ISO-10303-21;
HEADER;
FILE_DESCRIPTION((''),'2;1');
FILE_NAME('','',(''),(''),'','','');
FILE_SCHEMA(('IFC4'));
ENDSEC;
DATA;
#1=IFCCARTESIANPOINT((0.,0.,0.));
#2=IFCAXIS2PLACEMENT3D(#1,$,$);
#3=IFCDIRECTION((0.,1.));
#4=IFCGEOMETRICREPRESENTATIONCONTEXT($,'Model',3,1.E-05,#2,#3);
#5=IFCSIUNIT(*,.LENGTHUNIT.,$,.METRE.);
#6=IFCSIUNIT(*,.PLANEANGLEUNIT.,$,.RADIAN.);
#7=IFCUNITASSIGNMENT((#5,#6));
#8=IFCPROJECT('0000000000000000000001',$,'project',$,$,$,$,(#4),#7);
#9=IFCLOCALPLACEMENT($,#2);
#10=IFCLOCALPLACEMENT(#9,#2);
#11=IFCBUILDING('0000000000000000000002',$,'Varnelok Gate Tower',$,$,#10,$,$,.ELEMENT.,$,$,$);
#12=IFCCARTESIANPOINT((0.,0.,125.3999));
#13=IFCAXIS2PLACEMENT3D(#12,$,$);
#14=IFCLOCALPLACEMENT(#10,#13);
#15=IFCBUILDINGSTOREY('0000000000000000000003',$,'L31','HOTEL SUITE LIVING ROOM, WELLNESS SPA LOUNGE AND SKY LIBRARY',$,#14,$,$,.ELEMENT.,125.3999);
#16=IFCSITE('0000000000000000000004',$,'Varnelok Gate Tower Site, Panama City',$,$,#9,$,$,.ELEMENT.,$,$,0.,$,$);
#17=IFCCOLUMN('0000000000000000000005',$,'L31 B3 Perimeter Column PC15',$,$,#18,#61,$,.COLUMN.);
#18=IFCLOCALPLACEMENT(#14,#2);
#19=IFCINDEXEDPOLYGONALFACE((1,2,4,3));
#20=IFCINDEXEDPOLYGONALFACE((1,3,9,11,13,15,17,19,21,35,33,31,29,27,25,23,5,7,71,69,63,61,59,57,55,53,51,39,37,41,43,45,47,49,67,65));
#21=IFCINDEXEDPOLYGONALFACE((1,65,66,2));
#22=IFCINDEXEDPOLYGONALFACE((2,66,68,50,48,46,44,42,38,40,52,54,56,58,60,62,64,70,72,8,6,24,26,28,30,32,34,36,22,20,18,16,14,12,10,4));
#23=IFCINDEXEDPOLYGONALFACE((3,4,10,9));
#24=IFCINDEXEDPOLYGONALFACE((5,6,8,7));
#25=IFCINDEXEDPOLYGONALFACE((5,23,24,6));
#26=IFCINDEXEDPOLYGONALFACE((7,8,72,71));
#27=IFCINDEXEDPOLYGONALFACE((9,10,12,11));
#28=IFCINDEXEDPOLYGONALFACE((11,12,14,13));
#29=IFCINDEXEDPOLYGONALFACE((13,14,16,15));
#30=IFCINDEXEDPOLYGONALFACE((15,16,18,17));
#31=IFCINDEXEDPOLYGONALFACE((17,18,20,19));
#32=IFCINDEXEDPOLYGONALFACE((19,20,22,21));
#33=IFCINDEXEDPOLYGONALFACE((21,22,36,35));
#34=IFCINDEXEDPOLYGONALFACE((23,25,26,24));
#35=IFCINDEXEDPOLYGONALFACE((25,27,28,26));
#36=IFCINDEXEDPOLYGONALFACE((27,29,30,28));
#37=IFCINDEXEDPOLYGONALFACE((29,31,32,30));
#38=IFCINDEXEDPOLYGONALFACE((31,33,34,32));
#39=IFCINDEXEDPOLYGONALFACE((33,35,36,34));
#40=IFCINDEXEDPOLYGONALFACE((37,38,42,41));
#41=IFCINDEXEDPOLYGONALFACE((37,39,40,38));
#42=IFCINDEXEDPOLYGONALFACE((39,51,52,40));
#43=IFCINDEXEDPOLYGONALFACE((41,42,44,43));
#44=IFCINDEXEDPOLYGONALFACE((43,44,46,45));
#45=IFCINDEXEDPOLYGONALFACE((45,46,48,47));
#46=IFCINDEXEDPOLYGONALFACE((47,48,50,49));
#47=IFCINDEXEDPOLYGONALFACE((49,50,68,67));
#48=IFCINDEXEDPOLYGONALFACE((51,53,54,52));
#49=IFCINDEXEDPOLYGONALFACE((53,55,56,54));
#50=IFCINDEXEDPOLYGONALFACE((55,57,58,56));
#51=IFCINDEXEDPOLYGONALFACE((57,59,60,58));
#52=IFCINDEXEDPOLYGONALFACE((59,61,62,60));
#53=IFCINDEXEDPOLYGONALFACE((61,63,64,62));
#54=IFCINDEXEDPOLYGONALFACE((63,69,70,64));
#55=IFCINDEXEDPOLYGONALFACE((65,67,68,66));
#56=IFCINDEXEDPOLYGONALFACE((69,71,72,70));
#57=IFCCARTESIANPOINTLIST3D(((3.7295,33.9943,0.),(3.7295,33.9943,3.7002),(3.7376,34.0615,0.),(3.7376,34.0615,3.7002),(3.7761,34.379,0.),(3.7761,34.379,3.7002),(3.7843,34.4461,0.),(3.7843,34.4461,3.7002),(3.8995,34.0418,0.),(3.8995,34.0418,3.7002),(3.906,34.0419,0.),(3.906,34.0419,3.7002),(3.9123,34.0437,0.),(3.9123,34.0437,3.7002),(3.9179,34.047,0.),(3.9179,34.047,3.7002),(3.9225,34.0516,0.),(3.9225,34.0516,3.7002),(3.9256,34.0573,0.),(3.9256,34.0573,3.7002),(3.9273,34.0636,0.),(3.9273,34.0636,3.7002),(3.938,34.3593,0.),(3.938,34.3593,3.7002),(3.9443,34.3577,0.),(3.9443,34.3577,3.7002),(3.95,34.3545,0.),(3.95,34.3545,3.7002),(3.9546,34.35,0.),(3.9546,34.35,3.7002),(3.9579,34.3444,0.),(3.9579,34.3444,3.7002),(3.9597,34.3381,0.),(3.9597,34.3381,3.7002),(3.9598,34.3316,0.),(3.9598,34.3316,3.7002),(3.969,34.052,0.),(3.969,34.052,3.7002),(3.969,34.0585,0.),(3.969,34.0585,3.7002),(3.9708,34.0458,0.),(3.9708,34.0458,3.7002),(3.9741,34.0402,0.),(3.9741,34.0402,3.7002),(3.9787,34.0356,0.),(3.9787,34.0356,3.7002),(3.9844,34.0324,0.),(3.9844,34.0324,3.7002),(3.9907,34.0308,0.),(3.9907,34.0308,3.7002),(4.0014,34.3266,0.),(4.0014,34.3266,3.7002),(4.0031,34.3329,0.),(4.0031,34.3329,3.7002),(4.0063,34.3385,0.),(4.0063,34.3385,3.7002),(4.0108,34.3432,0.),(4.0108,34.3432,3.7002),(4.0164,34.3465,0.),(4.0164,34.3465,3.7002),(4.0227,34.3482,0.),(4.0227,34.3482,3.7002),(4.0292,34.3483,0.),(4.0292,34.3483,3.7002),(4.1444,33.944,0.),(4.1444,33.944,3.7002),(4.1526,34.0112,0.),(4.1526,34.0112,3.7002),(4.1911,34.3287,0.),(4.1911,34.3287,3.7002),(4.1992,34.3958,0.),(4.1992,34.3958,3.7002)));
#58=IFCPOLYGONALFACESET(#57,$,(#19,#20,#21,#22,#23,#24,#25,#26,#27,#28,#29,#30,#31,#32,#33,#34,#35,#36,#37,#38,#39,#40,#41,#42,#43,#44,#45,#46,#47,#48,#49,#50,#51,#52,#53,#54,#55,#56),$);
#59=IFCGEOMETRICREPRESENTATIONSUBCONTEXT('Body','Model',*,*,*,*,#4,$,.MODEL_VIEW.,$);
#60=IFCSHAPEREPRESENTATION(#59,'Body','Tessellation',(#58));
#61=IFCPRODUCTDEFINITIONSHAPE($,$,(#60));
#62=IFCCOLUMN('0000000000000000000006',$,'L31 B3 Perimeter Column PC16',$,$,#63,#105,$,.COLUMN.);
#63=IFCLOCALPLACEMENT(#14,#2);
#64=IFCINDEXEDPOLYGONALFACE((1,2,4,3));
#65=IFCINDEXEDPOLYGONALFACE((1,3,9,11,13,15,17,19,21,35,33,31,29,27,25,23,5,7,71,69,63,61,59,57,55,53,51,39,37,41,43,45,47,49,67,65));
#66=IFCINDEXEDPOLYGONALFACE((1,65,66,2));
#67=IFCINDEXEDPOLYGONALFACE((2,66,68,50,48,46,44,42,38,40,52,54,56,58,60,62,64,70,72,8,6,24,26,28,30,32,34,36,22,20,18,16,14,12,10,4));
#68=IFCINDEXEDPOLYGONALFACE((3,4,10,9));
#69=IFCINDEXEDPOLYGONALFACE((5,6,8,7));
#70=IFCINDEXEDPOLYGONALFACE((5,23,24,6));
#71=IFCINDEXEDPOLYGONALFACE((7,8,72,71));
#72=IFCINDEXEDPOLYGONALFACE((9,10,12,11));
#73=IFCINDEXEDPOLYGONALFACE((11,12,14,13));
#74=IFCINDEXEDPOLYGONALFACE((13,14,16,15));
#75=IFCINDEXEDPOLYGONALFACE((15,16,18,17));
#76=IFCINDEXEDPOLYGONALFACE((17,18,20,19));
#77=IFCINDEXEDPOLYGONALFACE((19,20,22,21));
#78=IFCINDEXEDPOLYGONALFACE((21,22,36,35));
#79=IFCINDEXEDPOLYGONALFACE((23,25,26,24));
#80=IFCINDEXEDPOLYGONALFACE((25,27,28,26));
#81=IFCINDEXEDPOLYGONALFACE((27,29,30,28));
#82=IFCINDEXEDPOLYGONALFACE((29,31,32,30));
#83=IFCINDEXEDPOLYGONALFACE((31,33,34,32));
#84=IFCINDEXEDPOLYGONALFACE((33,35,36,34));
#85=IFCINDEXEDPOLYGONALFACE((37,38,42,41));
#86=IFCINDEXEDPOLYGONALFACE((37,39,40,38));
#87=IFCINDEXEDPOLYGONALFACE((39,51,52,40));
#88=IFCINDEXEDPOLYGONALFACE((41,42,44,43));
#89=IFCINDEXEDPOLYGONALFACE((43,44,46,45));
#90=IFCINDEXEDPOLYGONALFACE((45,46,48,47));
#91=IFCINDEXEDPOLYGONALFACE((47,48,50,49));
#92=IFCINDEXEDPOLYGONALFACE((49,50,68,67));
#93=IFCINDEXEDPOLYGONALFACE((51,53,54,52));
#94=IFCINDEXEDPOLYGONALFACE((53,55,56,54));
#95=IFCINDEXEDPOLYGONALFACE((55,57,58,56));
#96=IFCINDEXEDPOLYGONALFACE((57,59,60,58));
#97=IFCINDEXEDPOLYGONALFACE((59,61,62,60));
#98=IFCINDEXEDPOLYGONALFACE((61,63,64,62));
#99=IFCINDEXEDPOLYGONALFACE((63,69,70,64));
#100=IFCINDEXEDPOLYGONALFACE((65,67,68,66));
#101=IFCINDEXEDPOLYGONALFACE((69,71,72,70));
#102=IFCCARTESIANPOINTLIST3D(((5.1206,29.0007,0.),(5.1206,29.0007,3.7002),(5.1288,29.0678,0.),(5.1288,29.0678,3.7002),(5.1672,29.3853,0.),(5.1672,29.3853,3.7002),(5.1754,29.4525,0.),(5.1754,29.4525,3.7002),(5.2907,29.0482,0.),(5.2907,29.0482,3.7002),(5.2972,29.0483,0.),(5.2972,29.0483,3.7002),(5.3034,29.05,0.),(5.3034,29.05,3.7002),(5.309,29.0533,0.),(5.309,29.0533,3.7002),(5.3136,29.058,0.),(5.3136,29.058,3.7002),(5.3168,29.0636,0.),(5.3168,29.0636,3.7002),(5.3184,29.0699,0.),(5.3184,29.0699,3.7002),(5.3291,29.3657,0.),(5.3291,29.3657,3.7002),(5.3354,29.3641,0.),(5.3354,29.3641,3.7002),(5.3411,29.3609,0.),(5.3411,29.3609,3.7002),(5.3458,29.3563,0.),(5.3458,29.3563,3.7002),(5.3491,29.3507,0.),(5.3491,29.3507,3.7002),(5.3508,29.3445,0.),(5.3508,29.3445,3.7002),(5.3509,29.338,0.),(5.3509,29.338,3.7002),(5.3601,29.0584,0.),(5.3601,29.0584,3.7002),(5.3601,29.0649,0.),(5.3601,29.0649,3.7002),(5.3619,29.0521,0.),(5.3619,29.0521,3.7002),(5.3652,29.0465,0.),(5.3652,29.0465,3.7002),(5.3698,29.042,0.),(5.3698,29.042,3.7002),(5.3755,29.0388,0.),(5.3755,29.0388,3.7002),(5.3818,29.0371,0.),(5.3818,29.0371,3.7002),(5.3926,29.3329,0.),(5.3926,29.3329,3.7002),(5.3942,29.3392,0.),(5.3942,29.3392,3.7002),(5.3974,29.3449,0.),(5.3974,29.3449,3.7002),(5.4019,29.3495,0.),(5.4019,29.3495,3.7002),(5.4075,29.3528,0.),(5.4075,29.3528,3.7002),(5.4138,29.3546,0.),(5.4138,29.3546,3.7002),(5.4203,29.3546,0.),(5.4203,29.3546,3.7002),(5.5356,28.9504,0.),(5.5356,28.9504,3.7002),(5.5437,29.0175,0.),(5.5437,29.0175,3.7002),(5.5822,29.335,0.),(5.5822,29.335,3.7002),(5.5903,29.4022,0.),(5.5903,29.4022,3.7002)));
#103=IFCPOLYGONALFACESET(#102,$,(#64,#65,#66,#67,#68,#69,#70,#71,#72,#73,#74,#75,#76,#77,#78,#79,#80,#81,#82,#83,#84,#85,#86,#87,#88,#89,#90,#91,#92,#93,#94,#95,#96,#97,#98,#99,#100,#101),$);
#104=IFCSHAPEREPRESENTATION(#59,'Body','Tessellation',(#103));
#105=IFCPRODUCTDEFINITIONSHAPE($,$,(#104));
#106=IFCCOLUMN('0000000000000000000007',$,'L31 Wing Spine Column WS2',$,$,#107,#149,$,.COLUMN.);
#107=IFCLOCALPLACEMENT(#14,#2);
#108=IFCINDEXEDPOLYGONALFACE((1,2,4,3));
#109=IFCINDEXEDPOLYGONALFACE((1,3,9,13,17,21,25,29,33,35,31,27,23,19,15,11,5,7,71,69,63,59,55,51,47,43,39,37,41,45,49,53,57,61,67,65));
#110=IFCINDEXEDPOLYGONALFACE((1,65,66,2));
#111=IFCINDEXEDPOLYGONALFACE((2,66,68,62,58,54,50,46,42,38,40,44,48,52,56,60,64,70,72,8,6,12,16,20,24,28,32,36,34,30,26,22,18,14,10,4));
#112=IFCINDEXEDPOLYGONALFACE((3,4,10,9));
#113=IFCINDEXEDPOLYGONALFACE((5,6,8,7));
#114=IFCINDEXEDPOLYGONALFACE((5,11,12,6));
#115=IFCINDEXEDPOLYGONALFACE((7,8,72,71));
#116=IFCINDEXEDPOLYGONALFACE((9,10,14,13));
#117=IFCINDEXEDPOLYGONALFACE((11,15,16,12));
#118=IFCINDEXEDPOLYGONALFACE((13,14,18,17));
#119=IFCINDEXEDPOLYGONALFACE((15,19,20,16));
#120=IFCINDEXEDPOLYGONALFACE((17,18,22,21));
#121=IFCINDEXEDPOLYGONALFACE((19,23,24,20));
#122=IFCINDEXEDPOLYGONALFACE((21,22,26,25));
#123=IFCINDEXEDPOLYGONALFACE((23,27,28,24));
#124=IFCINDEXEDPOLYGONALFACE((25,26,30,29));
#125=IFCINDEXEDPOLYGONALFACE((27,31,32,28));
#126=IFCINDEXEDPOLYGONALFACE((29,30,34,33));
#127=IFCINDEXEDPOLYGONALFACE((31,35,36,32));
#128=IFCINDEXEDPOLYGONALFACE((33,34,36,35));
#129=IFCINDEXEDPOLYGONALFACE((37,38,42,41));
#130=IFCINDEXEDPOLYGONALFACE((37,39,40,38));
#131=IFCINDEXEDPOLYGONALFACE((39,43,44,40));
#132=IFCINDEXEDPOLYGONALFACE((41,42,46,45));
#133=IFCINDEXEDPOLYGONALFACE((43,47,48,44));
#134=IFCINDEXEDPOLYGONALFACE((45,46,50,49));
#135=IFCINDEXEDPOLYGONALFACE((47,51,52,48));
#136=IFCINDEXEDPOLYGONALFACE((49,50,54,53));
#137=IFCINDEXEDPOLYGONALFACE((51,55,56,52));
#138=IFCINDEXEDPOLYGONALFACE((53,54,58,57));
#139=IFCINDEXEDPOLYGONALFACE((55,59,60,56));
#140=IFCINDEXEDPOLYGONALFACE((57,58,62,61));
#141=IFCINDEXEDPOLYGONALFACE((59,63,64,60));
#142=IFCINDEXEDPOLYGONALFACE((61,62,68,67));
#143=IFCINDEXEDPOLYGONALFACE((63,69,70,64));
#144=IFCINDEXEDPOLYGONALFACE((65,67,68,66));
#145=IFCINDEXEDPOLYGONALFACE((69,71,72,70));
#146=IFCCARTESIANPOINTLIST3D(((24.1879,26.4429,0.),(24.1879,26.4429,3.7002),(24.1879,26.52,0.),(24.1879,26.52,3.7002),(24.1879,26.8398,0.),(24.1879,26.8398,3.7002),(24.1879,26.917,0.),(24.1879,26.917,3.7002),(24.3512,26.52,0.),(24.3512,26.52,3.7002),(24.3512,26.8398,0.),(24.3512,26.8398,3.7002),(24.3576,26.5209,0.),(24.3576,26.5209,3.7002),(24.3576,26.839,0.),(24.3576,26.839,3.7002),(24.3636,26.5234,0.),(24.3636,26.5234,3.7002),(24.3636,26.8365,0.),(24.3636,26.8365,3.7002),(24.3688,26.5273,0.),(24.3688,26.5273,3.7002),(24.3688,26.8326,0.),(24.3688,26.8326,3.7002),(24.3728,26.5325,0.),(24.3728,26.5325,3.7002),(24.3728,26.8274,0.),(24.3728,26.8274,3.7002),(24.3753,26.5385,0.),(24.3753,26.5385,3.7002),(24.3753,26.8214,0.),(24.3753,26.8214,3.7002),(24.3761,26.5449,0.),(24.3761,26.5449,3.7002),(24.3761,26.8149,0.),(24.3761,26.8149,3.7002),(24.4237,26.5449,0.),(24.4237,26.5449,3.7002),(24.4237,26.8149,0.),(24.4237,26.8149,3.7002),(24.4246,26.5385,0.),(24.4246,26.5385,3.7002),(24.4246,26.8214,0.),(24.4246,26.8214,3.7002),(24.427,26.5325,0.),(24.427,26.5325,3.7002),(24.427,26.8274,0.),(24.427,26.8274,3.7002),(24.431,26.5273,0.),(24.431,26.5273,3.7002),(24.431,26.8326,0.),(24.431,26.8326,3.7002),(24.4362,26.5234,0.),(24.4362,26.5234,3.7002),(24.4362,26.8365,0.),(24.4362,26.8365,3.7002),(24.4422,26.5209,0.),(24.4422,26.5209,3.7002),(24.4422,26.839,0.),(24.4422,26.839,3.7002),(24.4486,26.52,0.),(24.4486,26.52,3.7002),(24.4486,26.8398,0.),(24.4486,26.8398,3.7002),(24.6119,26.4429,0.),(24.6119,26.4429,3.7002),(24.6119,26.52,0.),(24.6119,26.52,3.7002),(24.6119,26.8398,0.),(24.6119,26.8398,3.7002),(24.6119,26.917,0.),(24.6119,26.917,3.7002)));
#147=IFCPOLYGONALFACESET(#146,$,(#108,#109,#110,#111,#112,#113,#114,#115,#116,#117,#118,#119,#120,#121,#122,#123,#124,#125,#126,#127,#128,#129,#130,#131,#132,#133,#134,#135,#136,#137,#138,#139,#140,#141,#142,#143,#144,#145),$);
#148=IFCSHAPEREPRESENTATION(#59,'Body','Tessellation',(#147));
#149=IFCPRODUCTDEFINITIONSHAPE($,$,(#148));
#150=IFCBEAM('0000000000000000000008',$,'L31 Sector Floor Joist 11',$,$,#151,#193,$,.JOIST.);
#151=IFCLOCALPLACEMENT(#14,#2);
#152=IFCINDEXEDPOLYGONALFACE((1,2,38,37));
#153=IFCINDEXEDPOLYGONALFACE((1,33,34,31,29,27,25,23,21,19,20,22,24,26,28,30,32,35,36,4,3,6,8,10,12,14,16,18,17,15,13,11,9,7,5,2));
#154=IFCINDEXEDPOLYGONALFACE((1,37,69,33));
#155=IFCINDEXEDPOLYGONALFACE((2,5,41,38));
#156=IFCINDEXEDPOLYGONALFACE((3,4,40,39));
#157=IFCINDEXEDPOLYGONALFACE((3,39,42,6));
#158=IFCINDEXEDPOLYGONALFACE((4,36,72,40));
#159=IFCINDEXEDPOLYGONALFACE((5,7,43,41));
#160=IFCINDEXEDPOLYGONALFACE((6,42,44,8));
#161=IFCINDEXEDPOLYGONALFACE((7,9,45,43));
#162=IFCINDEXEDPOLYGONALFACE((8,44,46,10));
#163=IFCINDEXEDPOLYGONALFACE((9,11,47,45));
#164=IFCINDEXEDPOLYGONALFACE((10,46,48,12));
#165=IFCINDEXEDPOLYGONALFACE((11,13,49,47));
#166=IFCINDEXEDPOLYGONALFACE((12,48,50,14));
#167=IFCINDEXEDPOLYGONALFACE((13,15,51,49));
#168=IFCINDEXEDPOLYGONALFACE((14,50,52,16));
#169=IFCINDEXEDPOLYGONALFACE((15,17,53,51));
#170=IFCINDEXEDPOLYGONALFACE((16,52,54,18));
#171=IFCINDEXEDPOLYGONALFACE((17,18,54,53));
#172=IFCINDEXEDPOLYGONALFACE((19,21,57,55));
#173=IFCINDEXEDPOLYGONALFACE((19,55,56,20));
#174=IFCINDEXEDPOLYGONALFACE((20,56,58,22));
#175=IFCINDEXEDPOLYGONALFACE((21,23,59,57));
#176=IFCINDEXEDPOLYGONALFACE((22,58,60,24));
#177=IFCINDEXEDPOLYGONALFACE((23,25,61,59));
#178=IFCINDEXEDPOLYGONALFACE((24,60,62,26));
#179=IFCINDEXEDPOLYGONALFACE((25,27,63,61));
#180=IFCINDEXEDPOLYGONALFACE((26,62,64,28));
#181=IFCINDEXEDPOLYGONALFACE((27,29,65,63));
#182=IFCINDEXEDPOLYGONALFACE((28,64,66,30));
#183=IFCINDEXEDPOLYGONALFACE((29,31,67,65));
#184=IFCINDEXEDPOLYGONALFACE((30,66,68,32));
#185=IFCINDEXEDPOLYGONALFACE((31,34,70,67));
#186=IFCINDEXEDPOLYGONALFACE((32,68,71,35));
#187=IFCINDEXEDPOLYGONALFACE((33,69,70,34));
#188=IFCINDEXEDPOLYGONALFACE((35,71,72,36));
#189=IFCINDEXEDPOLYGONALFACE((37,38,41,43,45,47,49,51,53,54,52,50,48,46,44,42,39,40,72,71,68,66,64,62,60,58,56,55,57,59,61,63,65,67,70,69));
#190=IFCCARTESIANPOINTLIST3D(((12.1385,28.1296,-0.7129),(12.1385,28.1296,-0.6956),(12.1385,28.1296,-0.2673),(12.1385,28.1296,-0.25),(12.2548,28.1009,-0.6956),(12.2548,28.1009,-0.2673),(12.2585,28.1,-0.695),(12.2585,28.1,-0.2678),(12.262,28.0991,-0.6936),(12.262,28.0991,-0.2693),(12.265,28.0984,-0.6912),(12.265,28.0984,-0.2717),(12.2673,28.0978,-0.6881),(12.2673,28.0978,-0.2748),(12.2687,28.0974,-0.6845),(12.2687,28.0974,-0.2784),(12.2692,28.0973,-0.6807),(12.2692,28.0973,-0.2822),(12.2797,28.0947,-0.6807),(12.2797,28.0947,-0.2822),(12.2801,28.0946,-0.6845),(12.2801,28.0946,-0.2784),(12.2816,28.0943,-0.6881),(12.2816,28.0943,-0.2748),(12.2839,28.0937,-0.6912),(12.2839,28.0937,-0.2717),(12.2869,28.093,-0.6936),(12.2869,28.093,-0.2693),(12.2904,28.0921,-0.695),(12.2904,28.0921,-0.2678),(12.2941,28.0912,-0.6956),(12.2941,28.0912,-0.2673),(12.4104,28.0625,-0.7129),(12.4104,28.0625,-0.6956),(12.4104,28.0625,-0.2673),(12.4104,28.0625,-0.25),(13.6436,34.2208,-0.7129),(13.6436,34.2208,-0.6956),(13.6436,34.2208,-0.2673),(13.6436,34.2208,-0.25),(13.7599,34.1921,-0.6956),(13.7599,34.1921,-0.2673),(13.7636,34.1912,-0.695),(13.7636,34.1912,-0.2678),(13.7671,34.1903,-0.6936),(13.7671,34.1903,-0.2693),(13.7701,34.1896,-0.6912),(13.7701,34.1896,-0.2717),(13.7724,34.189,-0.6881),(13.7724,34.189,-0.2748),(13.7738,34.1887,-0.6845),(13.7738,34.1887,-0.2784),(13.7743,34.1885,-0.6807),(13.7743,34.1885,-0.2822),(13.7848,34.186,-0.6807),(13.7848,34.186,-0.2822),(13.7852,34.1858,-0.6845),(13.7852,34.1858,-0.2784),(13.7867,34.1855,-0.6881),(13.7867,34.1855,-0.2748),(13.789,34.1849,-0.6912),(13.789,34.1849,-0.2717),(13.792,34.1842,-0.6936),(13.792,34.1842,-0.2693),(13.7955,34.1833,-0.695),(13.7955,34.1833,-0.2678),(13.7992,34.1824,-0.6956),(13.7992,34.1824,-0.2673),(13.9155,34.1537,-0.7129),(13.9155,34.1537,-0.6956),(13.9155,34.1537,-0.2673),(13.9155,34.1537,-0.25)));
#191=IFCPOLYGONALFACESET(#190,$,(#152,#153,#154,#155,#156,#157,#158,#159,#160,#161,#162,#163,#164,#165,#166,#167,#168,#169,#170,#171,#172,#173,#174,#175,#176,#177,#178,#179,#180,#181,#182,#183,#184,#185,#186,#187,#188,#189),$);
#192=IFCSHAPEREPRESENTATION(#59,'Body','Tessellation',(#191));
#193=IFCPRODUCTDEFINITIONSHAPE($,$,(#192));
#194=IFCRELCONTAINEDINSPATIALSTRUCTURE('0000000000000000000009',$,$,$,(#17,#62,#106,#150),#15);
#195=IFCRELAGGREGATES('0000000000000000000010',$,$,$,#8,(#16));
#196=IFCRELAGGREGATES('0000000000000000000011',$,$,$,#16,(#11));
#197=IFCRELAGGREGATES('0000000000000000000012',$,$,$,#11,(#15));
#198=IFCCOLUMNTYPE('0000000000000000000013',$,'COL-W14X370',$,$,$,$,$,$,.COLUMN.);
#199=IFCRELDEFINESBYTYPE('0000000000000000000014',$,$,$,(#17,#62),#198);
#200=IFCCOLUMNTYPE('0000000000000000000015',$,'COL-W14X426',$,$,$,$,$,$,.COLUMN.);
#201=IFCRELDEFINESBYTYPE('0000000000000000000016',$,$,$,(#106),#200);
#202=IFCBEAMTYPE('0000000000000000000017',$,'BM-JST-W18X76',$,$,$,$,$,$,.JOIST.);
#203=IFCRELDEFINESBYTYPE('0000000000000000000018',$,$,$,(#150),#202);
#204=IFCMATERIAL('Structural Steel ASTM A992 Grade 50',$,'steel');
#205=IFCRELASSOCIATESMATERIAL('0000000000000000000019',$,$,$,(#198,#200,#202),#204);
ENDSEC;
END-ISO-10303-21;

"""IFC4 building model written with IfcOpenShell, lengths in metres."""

from ifc_helpers import new_model, si_unit, direction, frame, origin, origin_2d, place, context, subcontext, project, spatial, i_section, extrude, material, material_profile, profile_set, type_object, element, save


model = new_model("IFC4")

# Units and contexts
model_context = context("Model", 3, precision=1e-05, world=origin(), true_north=direction((0.0, 1.0)))
body_context = subcontext(model_context, "Body", "Model", "MODEL_VIEW")
ifc_project = project(units=[si_unit("LENGTHUNIT", "METRE"), si_unit("PLANEANGLEUNIT", "RADIAN")], contexts=[model_context])

# Site, building, storey
site_placement = place(None, origin())
site = spatial("IfcSite", under=ifc_project, at=site_placement, Name="Varnelok Gate Tower Site, Panama City", CompositionType="ELEMENT", RefElevation=0.0)
building_placement = place(site_placement, origin())
building = spatial("IfcBuilding", under=site, at=building_placement, Name="Varnelok Gate Tower", CompositionType="ELEMENT")
storey_placement = place(building_placement, frame((0.0, 0.0, 125.3999)))
storey = spatial("IfcBuildingStorey", under=building, at=storey_placement, Name="L31", Description="HOTEL SUITE LIVING ROOM, WELLNESS SPA LOUNGE AND SKY LIBRARY", CompositionType="ELEMENT", Elevation=125.3999)

# Columns
ifc_material_1 = material(Name="Structural Steel ASTM A992 Grade 50", Category="steel")
ifc_material_profile_1 = material_profile(ifc_material_1, i_section(OverallWidth=0.418, OverallDepth=0.4551, WebThickness=0.042, FlangeThickness=0.0676, FilletRadius=0.0249, at=origin_2d()), Name="W14X370")
ifc_profile_set_1 = profile_set([ifc_material_profile_1], Name="Structural Steel ASTM A992 Grade 50")
column_type_1 = type_object("IfcColumnType", Name="COL-W14X370", PredefinedType="COLUMN", material=ifc_profile_set_1)
for number, where, z_axis, x_axis, name in (
    (1, (3.9644, 34.1951, 0.0), (0.0, 0.0, 1.0), (0.992732, -0.120345, 0.0), "L31 B3 Perimeter Column PC15"),
    (2, (5.3555, 29.2014, 0.0), (0.0, 0.0, 1.0), (0.992732, -0.120345, 0.0), "L31 B3 Perimeter Column PC16"),
):
    element("IfcColumn", number, at=place(storey_placement, frame(where, z_axis=z_axis, x_axis=x_axis)), inside=storey, type_object=column_type_1, Name=name, PredefinedType="COLUMN", context=body_context, shape_type="SweptSolid", body=[
        extrude(i_section(OverallWidth=0.418, OverallDepth=0.4551, WebThickness=0.042, FlangeThickness=0.0676, FilletRadius=0.0249, at=origin_2d()), origin(), (0.0, 0.0, 1.0), 3.7002),
    ])
ifc_material_profile_2 = material_profile(ifc_material_1, i_section(OverallWidth=0.4241, OverallDepth=0.4741, WebThickness=0.0476, FlangeThickness=0.0771, FilletRadius=0.0249, at=origin_2d()), Name="W14X426")
ifc_profile_set_2 = profile_set([ifc_material_profile_2], Name="Structural Steel ASTM A992 Grade 50")
column_type_2 = type_object("IfcColumnType", Name="COL-W14X426", PredefinedType="COLUMN", material=ifc_profile_set_2)
column_placement = place(storey_placement, frame((24.3999, 26.6799, 0.0), z_axis=(0.0, 0.0, 1.0), x_axis=(1.0, 0.0, 0.0)))
element("IfcColumn", 3, at=column_placement, inside=storey, type_object=column_type_2, Name="L31 Wing Spine Column WS2", PredefinedType="COLUMN", context=body_context, shape_type="SweptSolid", body=[
    extrude(i_section(OverallWidth=0.4241, OverallDepth=0.4741, WebThickness=0.0476, FlangeThickness=0.0771, FilletRadius=0.0249, at=origin_2d()), origin(), (0.0, 0.0, 1.0), 3.7002),
])

# Beam
ifc_material_profile_3 = material_profile(ifc_material_1, i_section(OverallWidth=0.28, OverallDepth=0.4629, WebThickness=0.0107, FlangeThickness=0.0173, FilletRadius=0.0149, at=origin_2d()), Name="W18X76")
ifc_profile_set_3 = profile_set([ifc_material_profile_3], Name="Structural Steel ASTM A992 Grade 50")
beam_type_1 = type_object("IfcBeamType", Name="BM-JST-W18X76", PredefinedType="JOIST", material=ifc_profile_set_3)
beam_1_placement = place(storey_placement, frame((13.7795, 34.1873, -0.4814), z_axis=(-0.23988, -0.970803, 0.0), x_axis=(0.970803, -0.23988, 0.0)))
element("IfcBeam", 4, at=beam_1_placement, inside=storey, type_object=beam_type_1, Name="L31 Sector Floor Joist 11", PredefinedType="JOIST", context=body_context, shape_type="SweptSolid", body=[
    extrude(i_section(OverallWidth=0.28, OverallDepth=0.4629, WebThickness=0.0107, FlangeThickness=0.0173, FilletRadius=0.0149, at=origin_2d()), origin(), (0.0, 0.0, 1.0), 6.2744),
])

save(model, "model.ifc")
